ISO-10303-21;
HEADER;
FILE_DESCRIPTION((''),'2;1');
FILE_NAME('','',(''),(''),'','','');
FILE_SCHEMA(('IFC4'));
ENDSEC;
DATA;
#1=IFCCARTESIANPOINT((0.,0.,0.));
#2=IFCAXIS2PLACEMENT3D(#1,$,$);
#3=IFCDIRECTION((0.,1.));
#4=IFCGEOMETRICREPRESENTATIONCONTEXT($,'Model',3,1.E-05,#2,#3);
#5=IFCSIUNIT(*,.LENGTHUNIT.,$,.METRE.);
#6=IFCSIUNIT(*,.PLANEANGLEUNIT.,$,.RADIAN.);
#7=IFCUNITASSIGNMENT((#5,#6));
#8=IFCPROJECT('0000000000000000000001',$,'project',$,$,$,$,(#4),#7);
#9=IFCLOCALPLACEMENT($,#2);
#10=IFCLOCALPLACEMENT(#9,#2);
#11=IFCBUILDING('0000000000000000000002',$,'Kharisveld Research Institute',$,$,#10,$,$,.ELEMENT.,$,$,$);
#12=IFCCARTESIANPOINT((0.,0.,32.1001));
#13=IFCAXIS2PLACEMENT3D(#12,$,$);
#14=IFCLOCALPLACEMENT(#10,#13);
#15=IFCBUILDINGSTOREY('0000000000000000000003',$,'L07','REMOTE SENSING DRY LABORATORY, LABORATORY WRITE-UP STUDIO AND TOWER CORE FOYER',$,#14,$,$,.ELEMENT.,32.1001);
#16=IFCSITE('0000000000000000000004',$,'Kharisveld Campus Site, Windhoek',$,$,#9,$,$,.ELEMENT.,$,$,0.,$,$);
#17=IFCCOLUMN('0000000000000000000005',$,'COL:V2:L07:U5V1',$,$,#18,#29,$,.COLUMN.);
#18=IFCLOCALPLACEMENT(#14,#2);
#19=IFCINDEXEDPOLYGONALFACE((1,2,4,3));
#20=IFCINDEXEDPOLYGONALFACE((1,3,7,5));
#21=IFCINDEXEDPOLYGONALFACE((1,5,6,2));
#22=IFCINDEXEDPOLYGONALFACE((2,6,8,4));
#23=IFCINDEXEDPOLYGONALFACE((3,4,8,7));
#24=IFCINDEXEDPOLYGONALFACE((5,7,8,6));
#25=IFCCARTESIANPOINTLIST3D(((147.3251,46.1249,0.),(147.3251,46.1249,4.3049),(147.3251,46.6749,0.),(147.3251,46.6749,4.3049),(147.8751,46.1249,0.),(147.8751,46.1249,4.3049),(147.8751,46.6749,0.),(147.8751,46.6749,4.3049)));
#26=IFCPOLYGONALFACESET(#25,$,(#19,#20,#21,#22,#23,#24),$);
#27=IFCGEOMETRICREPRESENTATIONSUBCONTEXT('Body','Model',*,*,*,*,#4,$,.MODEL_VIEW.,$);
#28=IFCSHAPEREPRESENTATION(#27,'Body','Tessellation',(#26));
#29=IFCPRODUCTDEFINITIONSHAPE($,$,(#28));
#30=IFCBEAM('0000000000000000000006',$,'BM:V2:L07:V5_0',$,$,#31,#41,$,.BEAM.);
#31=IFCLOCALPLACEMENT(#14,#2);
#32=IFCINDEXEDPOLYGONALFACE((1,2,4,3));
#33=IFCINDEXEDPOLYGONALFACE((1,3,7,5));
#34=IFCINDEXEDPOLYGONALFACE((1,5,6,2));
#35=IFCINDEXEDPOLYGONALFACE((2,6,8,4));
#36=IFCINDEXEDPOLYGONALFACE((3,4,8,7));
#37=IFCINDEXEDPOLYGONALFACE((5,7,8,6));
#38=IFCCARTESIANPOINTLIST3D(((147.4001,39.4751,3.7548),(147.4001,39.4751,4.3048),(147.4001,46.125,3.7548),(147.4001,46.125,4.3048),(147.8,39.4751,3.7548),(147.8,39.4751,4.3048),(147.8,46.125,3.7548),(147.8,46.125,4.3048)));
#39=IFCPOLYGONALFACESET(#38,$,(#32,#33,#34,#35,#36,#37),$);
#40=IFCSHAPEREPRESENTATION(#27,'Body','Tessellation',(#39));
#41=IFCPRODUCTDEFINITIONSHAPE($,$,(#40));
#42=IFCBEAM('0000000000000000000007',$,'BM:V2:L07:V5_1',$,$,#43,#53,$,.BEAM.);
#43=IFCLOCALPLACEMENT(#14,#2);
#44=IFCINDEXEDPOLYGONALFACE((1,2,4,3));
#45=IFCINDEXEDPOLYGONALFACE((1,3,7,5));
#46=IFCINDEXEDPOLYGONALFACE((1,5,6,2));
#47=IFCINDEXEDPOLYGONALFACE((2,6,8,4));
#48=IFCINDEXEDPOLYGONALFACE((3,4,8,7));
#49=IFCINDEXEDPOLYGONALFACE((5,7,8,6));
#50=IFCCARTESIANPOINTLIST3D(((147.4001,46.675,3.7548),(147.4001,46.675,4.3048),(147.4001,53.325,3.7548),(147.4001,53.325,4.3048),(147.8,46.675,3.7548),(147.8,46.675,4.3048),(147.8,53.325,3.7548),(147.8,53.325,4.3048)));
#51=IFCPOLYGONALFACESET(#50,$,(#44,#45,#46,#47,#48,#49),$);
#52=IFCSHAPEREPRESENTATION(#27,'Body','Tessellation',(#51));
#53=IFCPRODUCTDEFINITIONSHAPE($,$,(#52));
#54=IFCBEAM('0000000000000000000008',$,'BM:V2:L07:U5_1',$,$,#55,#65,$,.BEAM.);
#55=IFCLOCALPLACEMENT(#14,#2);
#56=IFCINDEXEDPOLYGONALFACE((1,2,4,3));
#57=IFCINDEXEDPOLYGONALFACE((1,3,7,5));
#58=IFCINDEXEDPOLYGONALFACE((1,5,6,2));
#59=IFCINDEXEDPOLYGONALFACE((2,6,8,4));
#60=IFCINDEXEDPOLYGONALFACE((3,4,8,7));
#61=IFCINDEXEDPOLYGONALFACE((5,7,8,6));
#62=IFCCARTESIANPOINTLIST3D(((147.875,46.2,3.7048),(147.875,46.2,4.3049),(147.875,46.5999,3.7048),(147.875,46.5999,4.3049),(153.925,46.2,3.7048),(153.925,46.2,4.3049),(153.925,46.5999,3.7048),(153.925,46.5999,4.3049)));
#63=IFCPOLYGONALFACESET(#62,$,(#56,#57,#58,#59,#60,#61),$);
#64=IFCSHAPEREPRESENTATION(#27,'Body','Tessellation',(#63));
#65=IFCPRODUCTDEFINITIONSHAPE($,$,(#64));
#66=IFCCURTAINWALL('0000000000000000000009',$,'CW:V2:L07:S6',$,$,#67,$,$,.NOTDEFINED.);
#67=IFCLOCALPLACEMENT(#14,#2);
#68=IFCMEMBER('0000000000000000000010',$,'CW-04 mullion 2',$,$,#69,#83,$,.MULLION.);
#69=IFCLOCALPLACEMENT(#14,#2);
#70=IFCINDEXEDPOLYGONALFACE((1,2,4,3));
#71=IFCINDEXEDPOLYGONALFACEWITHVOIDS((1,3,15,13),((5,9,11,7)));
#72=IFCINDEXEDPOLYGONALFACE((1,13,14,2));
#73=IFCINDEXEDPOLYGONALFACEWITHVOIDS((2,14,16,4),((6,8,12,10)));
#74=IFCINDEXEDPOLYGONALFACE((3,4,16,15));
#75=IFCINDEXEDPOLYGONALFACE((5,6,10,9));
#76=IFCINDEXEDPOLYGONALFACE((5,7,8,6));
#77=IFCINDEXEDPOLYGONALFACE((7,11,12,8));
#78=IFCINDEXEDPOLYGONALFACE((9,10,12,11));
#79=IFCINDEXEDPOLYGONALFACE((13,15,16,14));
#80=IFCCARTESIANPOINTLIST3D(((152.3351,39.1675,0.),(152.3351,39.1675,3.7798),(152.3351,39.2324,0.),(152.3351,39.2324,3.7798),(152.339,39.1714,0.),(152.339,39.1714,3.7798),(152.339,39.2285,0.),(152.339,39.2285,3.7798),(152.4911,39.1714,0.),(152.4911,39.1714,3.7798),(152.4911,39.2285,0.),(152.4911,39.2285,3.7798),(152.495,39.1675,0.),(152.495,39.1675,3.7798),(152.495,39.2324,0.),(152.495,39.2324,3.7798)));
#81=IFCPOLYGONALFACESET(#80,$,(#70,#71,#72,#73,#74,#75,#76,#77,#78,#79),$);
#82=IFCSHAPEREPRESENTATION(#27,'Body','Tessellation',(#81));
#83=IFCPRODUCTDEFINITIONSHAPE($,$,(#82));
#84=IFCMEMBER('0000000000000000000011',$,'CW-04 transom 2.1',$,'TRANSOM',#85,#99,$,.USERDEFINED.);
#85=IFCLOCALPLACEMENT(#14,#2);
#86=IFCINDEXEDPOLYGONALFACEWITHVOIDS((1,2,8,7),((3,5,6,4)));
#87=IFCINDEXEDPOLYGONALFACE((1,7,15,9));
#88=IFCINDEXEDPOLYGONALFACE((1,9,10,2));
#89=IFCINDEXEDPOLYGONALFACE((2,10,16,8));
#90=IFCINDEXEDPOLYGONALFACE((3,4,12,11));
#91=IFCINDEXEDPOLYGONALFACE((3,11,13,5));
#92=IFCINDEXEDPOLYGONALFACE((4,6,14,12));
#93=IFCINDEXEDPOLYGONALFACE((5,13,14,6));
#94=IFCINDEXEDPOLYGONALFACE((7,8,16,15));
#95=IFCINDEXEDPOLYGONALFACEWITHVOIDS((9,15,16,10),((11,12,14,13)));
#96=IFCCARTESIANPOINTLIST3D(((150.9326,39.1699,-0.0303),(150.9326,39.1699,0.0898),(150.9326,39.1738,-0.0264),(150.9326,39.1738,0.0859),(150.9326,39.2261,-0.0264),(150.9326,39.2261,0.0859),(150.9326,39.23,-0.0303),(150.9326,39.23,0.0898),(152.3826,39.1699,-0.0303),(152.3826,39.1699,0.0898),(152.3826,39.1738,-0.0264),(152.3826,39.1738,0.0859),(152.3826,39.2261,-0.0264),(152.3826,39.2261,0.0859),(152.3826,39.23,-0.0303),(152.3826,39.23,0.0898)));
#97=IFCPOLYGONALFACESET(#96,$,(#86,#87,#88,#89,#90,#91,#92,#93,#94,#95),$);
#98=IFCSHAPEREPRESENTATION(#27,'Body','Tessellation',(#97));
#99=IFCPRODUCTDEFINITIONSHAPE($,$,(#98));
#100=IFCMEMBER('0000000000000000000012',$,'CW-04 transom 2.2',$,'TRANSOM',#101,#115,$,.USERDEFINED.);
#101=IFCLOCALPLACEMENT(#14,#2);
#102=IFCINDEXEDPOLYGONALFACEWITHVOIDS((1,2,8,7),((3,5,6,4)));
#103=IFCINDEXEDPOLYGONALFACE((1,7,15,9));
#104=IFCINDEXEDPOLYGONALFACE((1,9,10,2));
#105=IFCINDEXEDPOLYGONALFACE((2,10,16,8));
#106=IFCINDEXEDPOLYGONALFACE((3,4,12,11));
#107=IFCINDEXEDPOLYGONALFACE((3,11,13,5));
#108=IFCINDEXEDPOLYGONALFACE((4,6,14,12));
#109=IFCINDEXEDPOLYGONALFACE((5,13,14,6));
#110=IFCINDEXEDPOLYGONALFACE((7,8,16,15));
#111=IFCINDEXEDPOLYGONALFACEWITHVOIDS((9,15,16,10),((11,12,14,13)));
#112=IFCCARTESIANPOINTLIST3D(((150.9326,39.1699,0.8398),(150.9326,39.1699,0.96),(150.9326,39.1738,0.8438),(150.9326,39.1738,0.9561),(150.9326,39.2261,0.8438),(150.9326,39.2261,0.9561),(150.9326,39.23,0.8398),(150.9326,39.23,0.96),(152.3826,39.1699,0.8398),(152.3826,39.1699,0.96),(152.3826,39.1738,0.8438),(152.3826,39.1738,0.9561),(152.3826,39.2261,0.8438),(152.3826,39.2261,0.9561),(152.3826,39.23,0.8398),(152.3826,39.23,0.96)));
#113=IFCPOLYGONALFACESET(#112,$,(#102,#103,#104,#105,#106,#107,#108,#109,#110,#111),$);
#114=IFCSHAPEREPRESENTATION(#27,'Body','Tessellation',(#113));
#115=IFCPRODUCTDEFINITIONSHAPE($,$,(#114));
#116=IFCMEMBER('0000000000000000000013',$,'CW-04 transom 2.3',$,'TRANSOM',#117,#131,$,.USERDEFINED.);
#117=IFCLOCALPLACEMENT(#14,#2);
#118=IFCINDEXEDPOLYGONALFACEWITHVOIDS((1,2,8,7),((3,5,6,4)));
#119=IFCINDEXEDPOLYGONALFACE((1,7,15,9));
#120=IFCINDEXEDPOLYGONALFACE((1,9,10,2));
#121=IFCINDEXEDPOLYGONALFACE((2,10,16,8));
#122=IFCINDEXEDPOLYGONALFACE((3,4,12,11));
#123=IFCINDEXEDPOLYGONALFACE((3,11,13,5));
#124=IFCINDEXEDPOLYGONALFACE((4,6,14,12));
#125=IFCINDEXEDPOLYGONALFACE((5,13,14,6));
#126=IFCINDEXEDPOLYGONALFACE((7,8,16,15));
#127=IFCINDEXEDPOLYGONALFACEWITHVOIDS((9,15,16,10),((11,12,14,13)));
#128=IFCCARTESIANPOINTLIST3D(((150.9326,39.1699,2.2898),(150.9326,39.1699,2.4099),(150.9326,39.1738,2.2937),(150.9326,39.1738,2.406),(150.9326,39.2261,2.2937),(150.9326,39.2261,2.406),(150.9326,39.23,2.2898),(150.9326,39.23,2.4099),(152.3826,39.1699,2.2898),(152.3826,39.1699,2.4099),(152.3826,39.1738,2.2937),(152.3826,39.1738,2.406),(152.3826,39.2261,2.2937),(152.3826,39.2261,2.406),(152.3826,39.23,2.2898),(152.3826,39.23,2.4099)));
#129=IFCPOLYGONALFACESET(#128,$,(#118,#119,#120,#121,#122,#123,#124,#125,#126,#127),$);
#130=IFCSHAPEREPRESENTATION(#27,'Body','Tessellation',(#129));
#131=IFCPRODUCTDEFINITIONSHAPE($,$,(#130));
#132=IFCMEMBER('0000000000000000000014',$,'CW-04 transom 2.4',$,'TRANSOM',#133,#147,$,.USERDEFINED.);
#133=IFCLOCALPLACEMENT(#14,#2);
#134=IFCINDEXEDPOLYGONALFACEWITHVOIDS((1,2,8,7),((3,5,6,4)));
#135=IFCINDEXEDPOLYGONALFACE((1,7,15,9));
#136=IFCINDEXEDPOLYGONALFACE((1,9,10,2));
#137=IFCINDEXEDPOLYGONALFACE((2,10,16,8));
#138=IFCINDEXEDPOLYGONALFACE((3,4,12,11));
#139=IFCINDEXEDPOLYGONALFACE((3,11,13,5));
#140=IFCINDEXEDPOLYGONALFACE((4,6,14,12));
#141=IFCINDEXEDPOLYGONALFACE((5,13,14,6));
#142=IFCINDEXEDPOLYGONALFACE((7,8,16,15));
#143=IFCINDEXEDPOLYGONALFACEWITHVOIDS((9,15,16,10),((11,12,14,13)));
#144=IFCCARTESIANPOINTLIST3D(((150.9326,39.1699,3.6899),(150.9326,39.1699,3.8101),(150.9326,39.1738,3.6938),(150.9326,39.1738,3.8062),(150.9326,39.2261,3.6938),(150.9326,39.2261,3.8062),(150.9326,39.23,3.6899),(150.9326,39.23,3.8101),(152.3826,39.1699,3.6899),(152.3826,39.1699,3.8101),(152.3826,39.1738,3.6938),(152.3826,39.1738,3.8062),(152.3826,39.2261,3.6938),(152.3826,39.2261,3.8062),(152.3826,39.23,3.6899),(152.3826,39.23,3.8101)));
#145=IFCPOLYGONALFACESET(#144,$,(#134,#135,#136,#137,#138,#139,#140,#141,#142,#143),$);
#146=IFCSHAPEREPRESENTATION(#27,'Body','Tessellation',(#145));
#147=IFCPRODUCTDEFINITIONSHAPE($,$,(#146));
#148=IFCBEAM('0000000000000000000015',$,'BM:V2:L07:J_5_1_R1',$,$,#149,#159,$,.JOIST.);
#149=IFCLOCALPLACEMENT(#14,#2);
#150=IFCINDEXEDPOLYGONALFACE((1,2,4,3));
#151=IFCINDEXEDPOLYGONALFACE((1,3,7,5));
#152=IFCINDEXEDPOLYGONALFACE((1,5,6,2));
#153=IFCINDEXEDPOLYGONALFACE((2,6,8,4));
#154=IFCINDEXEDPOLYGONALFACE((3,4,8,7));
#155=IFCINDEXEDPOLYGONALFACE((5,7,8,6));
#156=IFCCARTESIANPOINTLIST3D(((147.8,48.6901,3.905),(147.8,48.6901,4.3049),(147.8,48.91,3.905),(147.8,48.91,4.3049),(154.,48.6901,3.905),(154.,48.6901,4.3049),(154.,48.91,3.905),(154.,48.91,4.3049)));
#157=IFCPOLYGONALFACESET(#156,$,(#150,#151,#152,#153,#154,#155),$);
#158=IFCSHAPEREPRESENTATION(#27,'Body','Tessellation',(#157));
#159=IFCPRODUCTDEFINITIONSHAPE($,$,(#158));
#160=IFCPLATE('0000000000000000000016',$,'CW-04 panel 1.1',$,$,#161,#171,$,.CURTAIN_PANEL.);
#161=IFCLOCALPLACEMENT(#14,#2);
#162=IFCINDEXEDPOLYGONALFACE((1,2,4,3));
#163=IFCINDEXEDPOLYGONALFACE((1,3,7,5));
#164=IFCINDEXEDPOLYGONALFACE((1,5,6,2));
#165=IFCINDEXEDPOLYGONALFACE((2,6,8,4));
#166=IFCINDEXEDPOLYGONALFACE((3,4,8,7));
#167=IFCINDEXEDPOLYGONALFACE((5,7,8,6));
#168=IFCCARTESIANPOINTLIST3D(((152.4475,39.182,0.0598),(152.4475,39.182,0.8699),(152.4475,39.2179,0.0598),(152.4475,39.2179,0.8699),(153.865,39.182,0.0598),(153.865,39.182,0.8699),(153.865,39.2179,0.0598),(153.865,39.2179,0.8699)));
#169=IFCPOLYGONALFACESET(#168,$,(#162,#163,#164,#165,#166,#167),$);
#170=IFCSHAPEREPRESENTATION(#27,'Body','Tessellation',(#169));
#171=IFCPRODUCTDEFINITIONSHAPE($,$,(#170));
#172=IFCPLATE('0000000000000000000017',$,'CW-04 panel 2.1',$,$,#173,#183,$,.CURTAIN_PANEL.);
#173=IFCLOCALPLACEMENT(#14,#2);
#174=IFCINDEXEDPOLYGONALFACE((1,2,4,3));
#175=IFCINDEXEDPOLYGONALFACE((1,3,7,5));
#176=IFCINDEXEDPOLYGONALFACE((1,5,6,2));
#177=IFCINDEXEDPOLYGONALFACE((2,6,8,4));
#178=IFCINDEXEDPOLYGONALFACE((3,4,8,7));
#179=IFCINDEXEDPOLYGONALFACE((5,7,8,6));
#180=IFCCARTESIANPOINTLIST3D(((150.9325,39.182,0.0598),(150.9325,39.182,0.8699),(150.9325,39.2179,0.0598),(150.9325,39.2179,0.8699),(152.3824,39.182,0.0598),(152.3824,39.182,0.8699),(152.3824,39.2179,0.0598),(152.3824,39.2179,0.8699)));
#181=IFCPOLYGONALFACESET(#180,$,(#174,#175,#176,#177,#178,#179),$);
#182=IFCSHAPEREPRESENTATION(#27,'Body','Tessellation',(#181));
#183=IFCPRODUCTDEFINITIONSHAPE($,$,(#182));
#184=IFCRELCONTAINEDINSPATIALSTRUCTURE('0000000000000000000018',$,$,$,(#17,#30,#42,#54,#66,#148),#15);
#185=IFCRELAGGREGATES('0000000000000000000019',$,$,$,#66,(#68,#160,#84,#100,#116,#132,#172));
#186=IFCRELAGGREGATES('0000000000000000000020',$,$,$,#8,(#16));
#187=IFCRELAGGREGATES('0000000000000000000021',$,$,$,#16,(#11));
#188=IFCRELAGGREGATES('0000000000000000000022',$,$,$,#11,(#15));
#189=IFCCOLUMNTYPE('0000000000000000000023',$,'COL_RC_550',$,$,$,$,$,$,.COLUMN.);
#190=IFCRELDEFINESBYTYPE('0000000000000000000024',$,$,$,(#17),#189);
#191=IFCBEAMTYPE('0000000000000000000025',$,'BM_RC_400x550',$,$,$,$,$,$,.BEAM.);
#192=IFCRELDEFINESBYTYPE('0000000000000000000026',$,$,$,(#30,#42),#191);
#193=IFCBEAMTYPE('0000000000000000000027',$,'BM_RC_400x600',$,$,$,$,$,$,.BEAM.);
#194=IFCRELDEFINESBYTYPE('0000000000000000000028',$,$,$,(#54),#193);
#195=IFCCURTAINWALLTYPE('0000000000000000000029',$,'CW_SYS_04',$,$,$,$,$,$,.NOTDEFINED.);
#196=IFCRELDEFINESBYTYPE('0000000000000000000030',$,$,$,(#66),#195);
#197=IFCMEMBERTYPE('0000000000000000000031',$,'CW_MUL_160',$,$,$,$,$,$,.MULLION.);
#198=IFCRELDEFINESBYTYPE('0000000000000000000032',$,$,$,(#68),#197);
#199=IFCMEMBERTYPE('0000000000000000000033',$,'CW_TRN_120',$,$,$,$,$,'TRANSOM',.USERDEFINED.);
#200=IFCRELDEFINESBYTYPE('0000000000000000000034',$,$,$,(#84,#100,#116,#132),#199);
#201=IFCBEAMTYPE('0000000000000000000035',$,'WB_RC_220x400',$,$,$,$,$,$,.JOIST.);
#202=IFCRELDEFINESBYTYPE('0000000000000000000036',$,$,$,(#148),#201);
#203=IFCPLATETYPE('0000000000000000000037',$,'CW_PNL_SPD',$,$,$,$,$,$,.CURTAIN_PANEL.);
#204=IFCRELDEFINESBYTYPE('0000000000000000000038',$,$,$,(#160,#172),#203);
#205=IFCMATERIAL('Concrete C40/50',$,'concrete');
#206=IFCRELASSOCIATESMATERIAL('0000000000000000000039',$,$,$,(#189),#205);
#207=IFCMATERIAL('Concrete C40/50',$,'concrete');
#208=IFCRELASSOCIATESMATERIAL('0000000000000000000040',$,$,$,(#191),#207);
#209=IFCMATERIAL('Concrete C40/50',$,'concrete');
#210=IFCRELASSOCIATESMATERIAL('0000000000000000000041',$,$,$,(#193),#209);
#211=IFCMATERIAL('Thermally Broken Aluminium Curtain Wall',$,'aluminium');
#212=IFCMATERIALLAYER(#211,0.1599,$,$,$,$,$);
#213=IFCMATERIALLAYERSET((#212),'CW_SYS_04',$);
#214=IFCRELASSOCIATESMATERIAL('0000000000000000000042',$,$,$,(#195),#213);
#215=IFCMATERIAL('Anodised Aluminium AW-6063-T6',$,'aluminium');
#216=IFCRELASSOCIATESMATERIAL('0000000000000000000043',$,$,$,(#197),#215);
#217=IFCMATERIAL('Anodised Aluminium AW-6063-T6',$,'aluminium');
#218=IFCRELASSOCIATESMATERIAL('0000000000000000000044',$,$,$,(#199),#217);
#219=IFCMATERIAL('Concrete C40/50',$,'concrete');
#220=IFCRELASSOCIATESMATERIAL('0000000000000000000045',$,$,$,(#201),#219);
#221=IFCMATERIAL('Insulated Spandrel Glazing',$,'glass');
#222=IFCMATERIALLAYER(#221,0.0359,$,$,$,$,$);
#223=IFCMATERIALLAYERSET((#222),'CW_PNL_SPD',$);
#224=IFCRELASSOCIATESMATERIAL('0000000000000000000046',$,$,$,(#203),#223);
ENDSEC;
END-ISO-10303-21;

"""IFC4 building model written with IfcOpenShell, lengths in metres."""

from ifc_helpers import new_model, si_unit, direction, frame, origin, origin_2d, place, context, subcontext, project, spatial, rectangle, hollow_rectangle, extrude, material, layer, layer_set, material_profile, profile_set, type_object, element, aggregate, save


model = new_model("IFC4")

# Units and contexts
model_context = context("Model", 3, precision=1e-05, world=origin(), true_north=direction((0.0, 1.0)))
body_context = subcontext(model_context, "Body", "Model", "MODEL_VIEW")
ifc_project = project(units=[si_unit("LENGTHUNIT", "METRE"), si_unit("PLANEANGLEUNIT", "RADIAN")], contexts=[model_context])

# Site, building, storey
site_placement = place(None, origin())
site = spatial("IfcSite", under=ifc_project, at=site_placement, Name="Kharisveld Campus Site, Windhoek", CompositionType="ELEMENT", RefElevation=0.0)
building_placement = place(site_placement, origin())
building = spatial("IfcBuilding", under=site, at=building_placement, Name="Kharisveld Research Institute", CompositionType="ELEMENT")
storey_placement = place(building_placement, frame((0.0, 0.0, 32.1001)))
storey = spatial("IfcBuildingStorey", under=building, at=storey_placement, Name="L07", Description="REMOTE SENSING DRY LABORATORY, LABORATORY WRITE-UP STUDIO AND TOWER CORE FOYER", CompositionType="ELEMENT", Elevation=32.1001)

# Column
ifc_material_1 = material(Name="Concrete C40/50", Category="concrete")
ifc_material_profile_1 = material_profile(ifc_material_1, rectangle(XDim=0.55, YDim=0.55, at=origin_2d()))
ifc_profile_set_1 = profile_set([ifc_material_profile_1], Name="Concrete C40/50")
column_type = type_object("IfcColumnType", Name="COL_RC_550", PredefinedType="COLUMN", material=ifc_profile_set_1)
column_placement = place(storey_placement, frame((147.6001, 46.3999, 0.0), z_axis=(0.0, 0.0, 1.0), x_axis=(1.0, 0.0, 0.0)))
element("IfcColumn", 1, at=column_placement, inside=storey, type_object=column_type, Name="COL:V2:L07:U5V1", PredefinedType="COLUMN", context=body_context, shape_type="SweptSolid", body=[
    extrude(rectangle(XDim=0.55, YDim=0.55, at=origin_2d()), origin(), (0.0, 0.0, 1.0), 4.3049),
])

# Beams
ifc_material_2 = material(Name="Concrete C40/50", Category="concrete")
ifc_material_profile_2 = material_profile(ifc_material_2, rectangle(XDim=0.3999, YDim=0.55, at=origin_2d()))
ifc_profile_set_2 = profile_set([ifc_material_profile_2], Name="Concrete C40/50")
beam_type_1 = type_object("IfcBeamType", Name="BM_RC_400x550", PredefinedType="BEAM", material=ifc_profile_set_2)
for number, where, z_axis, x_axis, name in (
    (2, (147.6001, 39.4751, 4.0298), (0.0, 1.0, 0.0), (-1.0, 0.0, 0.0), "BM:V2:L07:V5_0"),
    (3, (147.6001, 46.675, 4.0298), (0.0, 1.0, 0.0), (-1.0, 0.0, 0.0), "BM:V2:L07:V5_1"),
):
    element("IfcBeam", number, at=place(storey_placement, frame(where, z_axis=z_axis, x_axis=x_axis)), inside=storey, type_object=beam_type_1, Name=name, PredefinedType="BEAM", context=body_context, shape_type="SweptSolid", body=[
        extrude(rectangle(XDim=0.3999, YDim=0.55, at=origin_2d()), origin(), (0.0, 0.0, 1.0), 6.6499),
    ])
ifc_material_3 = material(Name="Concrete C40/50", Category="concrete")
ifc_material_profile_3 = material_profile(ifc_material_3, rectangle(XDim=0.3999, YDim=0.6001, at=origin_2d()))
ifc_profile_set_3 = profile_set([ifc_material_profile_3], Name="Concrete C40/50")
beam_type_2 = type_object("IfcBeamType", Name="BM_RC_400x600", PredefinedType="BEAM", material=ifc_profile_set_3)
beam_1_placement = place(storey_placement, frame((147.875, 46.3999, 4.0049), z_axis=(1.0, 0.0, 0.0), x_axis=(0.0, 1.0, 0.0)))
element("IfcBeam", 4, at=beam_1_placement, inside=storey, type_object=beam_type_2, Name="BM:V2:L07:U5_1", PredefinedType="BEAM", context=body_context, shape_type="SweptSolid", body=[
    extrude(rectangle(XDim=0.3999, YDim=0.6001, at=origin_2d()), origin(), (0.0, 0.0, 1.0), 6.05),
])

# Curtain wall, members
ifc_material_4 = material(Name="Thermally Broken Aluminium Curtain Wall", Category="aluminium")
ifc_layer_1 = layer(ifc_material_4, 0.1599)
ifc_layer_set_1 = layer_set([ifc_layer_1], Name="CW_SYS_04")
curtain_wall_type = type_object("IfcCurtainWallType", Name="CW_SYS_04", PredefinedType="NOTDEFINED", material=ifc_layer_set_1)
curtain_wall_placement = place(storey_placement, origin())
curtain_wall = element("IfcCurtainWall", 5, at=curtain_wall_placement, inside=storey, type_object=curtain_wall_type, Name="CW:V2:L07:S6", PredefinedType="NOTDEFINED")
ifc_material_5 = material(Name="Anodised Aluminium AW-6063-T6", Category="aluminium")
ifc_material_profile_4 = material_profile(ifc_material_5, hollow_rectangle(XDim=0.0649, YDim=0.1599, WallThickness=0.0039, at=origin_2d()))
ifc_profile_set_4 = profile_set([ifc_material_profile_4], Name="Anodised Aluminium AW-6063-T6")
member_type_1 = type_object("IfcMemberType", Name="CW_MUL_160", PredefinedType="MULLION", material=ifc_profile_set_4)
member_1_placement = place(storey_placement, frame((152.415, 39.2, 0.0), z_axis=(0.0, 0.0, 1.0), x_axis=(0.0, -1.0, 0.0)))
member_1 = element("IfcMember", 6, at=member_1_placement, type_object=member_type_1, Name="CW-04 mullion 2", PredefinedType="MULLION", context=body_context, shape_type="SweptSolid", body=[
    extrude(hollow_rectangle(XDim=0.0649, YDim=0.1599, WallThickness=0.0039, at=origin_2d()), origin(), (0.0, 0.0, 1.0), 3.7798),
])
ifc_material_6 = material(Name="Anodised Aluminium AW-6063-T6", Category="aluminium")
ifc_material_profile_5 = material_profile(ifc_material_6, hollow_rectangle(XDim=0.0601, YDim=0.1201, WallThickness=0.0039, at=origin_2d()))
ifc_profile_set_5 = profile_set([ifc_material_profile_5], Name="Anodised Aluminium AW-6063-T6")
member_type_2 = type_object("IfcMemberType", Name="CW_TRN_120", ElementType="TRANSOM", PredefinedType="USERDEFINED", material=ifc_profile_set_5)
member_2_placement = place(storey_placement, frame((152.3826, 39.2, 0.0298), z_axis=(-1.0, 0.0, 0.0), x_axis=(0.0, -1.0, 0.0)))
member_2 = element("IfcMember", 7, at=member_2_placement, type_object=member_type_2, Name="CW-04 transom 2.1", ObjectType="TRANSOM", PredefinedType="USERDEFINED", context=body_context, shape_type="SweptSolid", body=[
    extrude(hollow_rectangle(XDim=0.0601, YDim=0.1201, WallThickness=0.0039, at=origin_2d()), origin(), (0.0, 0.0, 1.0), 1.45),
])
member_3_placement = place(storey_placement, frame((152.3826, 39.2, 0.8999), z_axis=(-1.0, 0.0, 0.0), x_axis=(0.0, -1.0, 0.0)))
member_3 = element("IfcMember", 8, at=member_3_placement, type_object=member_type_2, Name="CW-04 transom 2.2", ObjectType="TRANSOM", PredefinedType="USERDEFINED", context=body_context, shape_type="SweptSolid", body=[
    extrude(hollow_rectangle(XDim=0.0601, YDim=0.1201, WallThickness=0.0039, at=origin_2d()), origin(), (0.0, 0.0, 1.0), 1.45),
])
member_4_placement = place(storey_placement, frame((152.3826, 39.2, 2.3499), z_axis=(-1.0, 0.0, 0.0), x_axis=(0.0, -1.0, 0.0)))
member_4 = element("IfcMember", 9, at=member_4_placement, type_object=member_type_2, Name="CW-04 transom 2.3", ObjectType="TRANSOM", PredefinedType="USERDEFINED", context=body_context, shape_type="SweptSolid", body=[
    extrude(hollow_rectangle(XDim=0.0601, YDim=0.1201, WallThickness=0.0039, at=origin_2d()), origin(), (0.0, 0.0, 1.0), 1.45),
])
member_5_placement = place(storey_placement, frame((152.3826, 39.2, 3.75), z_axis=(-1.0, 0.0, 0.0), x_axis=(0.0, -1.0, 0.0)))
member_5 = element("IfcMember", 10, at=member_5_placement, type_object=member_type_2, Name="CW-04 transom 2.4", ObjectType="TRANSOM", PredefinedType="USERDEFINED", context=body_context, shape_type="SweptSolid", body=[
    extrude(hollow_rectangle(XDim=0.0601, YDim=0.1201, WallThickness=0.0039, at=origin_2d()), origin(), (0.0, 0.0, 1.0), 1.45),
])

# Beam
ifc_material_7 = material(Name="Concrete C40/50", Category="concrete")
ifc_material_profile_6 = material_profile(ifc_material_7, rectangle(XDim=0.22, YDim=0.3999, at=origin_2d()))
ifc_profile_set_6 = profile_set([ifc_material_profile_6], Name="Concrete C40/50")
beam_type_3 = type_object("IfcBeamType", Name="WB_RC_220x400", PredefinedType="JOIST", material=ifc_profile_set_6)
beam_2_placement = place(storey_placement, frame((147.8, 48.8, 4.105), z_axis=(1.0, 0.0, 0.0), x_axis=(0.0, 1.0, 0.0)))
element("IfcBeam", 11, at=beam_2_placement, inside=storey, type_object=beam_type_3, Name="BM:V2:L07:J_5_1_R1", PredefinedType="JOIST", context=body_context, shape_type="SweptSolid", body=[
    extrude(rectangle(XDim=0.22, YDim=0.3999, at=origin_2d()), origin(), (0.0, 0.0, 1.0), 6.2),
])

# Plates
ifc_material_8 = material(Name="Insulated Spandrel Glazing", Category="glass")
ifc_layer_2 = layer(ifc_material_8, 0.0359)
ifc_layer_set_2 = layer_set([ifc_layer_2], Name="CW_PNL_SPD")
plate_type = type_object("IfcPlateType", Name="CW_PNL_SPD", PredefinedType="CURTAIN_PANEL", material=ifc_layer_set_2)
plate_1_placement = place(storey_placement, frame((153.1562, 39.2, 0.0598), z_axis=(0.0, 0.0, 1.0), x_axis=(-1.0, 0.0, 0.0)))
plate_1 = element("IfcPlate", 12, at=plate_1_placement, type_object=plate_type, Name="CW-04 panel 1.1", PredefinedType="CURTAIN_PANEL", context=body_context, shape_type="SweptSolid", body=[
    extrude(rectangle(XDim=1.4175, YDim=0.0359, at=origin_2d()), origin(), (0.0, 0.0, 1.0), 0.8101),
])
plate_2_placement = place(storey_placement, frame((151.6575, 39.2, 0.0598), z_axis=(0.0, 0.0, 1.0), x_axis=(-1.0, 0.0, 0.0)))
plate_2 = element("IfcPlate", 13, at=plate_2_placement, type_object=plate_type, Name="CW-04 panel 2.1", PredefinedType="CURTAIN_PANEL", context=body_context, shape_type="SweptSolid", body=[
    extrude(rectangle(XDim=1.45, YDim=0.0359, at=origin_2d()), origin(), (0.0, 0.0, 1.0), 0.8101),
])
aggregate(curtain_wall, [member_1, plate_1, member_2, member_3, member_4, member_5, plate_2])

save(model, "model.ifc")
